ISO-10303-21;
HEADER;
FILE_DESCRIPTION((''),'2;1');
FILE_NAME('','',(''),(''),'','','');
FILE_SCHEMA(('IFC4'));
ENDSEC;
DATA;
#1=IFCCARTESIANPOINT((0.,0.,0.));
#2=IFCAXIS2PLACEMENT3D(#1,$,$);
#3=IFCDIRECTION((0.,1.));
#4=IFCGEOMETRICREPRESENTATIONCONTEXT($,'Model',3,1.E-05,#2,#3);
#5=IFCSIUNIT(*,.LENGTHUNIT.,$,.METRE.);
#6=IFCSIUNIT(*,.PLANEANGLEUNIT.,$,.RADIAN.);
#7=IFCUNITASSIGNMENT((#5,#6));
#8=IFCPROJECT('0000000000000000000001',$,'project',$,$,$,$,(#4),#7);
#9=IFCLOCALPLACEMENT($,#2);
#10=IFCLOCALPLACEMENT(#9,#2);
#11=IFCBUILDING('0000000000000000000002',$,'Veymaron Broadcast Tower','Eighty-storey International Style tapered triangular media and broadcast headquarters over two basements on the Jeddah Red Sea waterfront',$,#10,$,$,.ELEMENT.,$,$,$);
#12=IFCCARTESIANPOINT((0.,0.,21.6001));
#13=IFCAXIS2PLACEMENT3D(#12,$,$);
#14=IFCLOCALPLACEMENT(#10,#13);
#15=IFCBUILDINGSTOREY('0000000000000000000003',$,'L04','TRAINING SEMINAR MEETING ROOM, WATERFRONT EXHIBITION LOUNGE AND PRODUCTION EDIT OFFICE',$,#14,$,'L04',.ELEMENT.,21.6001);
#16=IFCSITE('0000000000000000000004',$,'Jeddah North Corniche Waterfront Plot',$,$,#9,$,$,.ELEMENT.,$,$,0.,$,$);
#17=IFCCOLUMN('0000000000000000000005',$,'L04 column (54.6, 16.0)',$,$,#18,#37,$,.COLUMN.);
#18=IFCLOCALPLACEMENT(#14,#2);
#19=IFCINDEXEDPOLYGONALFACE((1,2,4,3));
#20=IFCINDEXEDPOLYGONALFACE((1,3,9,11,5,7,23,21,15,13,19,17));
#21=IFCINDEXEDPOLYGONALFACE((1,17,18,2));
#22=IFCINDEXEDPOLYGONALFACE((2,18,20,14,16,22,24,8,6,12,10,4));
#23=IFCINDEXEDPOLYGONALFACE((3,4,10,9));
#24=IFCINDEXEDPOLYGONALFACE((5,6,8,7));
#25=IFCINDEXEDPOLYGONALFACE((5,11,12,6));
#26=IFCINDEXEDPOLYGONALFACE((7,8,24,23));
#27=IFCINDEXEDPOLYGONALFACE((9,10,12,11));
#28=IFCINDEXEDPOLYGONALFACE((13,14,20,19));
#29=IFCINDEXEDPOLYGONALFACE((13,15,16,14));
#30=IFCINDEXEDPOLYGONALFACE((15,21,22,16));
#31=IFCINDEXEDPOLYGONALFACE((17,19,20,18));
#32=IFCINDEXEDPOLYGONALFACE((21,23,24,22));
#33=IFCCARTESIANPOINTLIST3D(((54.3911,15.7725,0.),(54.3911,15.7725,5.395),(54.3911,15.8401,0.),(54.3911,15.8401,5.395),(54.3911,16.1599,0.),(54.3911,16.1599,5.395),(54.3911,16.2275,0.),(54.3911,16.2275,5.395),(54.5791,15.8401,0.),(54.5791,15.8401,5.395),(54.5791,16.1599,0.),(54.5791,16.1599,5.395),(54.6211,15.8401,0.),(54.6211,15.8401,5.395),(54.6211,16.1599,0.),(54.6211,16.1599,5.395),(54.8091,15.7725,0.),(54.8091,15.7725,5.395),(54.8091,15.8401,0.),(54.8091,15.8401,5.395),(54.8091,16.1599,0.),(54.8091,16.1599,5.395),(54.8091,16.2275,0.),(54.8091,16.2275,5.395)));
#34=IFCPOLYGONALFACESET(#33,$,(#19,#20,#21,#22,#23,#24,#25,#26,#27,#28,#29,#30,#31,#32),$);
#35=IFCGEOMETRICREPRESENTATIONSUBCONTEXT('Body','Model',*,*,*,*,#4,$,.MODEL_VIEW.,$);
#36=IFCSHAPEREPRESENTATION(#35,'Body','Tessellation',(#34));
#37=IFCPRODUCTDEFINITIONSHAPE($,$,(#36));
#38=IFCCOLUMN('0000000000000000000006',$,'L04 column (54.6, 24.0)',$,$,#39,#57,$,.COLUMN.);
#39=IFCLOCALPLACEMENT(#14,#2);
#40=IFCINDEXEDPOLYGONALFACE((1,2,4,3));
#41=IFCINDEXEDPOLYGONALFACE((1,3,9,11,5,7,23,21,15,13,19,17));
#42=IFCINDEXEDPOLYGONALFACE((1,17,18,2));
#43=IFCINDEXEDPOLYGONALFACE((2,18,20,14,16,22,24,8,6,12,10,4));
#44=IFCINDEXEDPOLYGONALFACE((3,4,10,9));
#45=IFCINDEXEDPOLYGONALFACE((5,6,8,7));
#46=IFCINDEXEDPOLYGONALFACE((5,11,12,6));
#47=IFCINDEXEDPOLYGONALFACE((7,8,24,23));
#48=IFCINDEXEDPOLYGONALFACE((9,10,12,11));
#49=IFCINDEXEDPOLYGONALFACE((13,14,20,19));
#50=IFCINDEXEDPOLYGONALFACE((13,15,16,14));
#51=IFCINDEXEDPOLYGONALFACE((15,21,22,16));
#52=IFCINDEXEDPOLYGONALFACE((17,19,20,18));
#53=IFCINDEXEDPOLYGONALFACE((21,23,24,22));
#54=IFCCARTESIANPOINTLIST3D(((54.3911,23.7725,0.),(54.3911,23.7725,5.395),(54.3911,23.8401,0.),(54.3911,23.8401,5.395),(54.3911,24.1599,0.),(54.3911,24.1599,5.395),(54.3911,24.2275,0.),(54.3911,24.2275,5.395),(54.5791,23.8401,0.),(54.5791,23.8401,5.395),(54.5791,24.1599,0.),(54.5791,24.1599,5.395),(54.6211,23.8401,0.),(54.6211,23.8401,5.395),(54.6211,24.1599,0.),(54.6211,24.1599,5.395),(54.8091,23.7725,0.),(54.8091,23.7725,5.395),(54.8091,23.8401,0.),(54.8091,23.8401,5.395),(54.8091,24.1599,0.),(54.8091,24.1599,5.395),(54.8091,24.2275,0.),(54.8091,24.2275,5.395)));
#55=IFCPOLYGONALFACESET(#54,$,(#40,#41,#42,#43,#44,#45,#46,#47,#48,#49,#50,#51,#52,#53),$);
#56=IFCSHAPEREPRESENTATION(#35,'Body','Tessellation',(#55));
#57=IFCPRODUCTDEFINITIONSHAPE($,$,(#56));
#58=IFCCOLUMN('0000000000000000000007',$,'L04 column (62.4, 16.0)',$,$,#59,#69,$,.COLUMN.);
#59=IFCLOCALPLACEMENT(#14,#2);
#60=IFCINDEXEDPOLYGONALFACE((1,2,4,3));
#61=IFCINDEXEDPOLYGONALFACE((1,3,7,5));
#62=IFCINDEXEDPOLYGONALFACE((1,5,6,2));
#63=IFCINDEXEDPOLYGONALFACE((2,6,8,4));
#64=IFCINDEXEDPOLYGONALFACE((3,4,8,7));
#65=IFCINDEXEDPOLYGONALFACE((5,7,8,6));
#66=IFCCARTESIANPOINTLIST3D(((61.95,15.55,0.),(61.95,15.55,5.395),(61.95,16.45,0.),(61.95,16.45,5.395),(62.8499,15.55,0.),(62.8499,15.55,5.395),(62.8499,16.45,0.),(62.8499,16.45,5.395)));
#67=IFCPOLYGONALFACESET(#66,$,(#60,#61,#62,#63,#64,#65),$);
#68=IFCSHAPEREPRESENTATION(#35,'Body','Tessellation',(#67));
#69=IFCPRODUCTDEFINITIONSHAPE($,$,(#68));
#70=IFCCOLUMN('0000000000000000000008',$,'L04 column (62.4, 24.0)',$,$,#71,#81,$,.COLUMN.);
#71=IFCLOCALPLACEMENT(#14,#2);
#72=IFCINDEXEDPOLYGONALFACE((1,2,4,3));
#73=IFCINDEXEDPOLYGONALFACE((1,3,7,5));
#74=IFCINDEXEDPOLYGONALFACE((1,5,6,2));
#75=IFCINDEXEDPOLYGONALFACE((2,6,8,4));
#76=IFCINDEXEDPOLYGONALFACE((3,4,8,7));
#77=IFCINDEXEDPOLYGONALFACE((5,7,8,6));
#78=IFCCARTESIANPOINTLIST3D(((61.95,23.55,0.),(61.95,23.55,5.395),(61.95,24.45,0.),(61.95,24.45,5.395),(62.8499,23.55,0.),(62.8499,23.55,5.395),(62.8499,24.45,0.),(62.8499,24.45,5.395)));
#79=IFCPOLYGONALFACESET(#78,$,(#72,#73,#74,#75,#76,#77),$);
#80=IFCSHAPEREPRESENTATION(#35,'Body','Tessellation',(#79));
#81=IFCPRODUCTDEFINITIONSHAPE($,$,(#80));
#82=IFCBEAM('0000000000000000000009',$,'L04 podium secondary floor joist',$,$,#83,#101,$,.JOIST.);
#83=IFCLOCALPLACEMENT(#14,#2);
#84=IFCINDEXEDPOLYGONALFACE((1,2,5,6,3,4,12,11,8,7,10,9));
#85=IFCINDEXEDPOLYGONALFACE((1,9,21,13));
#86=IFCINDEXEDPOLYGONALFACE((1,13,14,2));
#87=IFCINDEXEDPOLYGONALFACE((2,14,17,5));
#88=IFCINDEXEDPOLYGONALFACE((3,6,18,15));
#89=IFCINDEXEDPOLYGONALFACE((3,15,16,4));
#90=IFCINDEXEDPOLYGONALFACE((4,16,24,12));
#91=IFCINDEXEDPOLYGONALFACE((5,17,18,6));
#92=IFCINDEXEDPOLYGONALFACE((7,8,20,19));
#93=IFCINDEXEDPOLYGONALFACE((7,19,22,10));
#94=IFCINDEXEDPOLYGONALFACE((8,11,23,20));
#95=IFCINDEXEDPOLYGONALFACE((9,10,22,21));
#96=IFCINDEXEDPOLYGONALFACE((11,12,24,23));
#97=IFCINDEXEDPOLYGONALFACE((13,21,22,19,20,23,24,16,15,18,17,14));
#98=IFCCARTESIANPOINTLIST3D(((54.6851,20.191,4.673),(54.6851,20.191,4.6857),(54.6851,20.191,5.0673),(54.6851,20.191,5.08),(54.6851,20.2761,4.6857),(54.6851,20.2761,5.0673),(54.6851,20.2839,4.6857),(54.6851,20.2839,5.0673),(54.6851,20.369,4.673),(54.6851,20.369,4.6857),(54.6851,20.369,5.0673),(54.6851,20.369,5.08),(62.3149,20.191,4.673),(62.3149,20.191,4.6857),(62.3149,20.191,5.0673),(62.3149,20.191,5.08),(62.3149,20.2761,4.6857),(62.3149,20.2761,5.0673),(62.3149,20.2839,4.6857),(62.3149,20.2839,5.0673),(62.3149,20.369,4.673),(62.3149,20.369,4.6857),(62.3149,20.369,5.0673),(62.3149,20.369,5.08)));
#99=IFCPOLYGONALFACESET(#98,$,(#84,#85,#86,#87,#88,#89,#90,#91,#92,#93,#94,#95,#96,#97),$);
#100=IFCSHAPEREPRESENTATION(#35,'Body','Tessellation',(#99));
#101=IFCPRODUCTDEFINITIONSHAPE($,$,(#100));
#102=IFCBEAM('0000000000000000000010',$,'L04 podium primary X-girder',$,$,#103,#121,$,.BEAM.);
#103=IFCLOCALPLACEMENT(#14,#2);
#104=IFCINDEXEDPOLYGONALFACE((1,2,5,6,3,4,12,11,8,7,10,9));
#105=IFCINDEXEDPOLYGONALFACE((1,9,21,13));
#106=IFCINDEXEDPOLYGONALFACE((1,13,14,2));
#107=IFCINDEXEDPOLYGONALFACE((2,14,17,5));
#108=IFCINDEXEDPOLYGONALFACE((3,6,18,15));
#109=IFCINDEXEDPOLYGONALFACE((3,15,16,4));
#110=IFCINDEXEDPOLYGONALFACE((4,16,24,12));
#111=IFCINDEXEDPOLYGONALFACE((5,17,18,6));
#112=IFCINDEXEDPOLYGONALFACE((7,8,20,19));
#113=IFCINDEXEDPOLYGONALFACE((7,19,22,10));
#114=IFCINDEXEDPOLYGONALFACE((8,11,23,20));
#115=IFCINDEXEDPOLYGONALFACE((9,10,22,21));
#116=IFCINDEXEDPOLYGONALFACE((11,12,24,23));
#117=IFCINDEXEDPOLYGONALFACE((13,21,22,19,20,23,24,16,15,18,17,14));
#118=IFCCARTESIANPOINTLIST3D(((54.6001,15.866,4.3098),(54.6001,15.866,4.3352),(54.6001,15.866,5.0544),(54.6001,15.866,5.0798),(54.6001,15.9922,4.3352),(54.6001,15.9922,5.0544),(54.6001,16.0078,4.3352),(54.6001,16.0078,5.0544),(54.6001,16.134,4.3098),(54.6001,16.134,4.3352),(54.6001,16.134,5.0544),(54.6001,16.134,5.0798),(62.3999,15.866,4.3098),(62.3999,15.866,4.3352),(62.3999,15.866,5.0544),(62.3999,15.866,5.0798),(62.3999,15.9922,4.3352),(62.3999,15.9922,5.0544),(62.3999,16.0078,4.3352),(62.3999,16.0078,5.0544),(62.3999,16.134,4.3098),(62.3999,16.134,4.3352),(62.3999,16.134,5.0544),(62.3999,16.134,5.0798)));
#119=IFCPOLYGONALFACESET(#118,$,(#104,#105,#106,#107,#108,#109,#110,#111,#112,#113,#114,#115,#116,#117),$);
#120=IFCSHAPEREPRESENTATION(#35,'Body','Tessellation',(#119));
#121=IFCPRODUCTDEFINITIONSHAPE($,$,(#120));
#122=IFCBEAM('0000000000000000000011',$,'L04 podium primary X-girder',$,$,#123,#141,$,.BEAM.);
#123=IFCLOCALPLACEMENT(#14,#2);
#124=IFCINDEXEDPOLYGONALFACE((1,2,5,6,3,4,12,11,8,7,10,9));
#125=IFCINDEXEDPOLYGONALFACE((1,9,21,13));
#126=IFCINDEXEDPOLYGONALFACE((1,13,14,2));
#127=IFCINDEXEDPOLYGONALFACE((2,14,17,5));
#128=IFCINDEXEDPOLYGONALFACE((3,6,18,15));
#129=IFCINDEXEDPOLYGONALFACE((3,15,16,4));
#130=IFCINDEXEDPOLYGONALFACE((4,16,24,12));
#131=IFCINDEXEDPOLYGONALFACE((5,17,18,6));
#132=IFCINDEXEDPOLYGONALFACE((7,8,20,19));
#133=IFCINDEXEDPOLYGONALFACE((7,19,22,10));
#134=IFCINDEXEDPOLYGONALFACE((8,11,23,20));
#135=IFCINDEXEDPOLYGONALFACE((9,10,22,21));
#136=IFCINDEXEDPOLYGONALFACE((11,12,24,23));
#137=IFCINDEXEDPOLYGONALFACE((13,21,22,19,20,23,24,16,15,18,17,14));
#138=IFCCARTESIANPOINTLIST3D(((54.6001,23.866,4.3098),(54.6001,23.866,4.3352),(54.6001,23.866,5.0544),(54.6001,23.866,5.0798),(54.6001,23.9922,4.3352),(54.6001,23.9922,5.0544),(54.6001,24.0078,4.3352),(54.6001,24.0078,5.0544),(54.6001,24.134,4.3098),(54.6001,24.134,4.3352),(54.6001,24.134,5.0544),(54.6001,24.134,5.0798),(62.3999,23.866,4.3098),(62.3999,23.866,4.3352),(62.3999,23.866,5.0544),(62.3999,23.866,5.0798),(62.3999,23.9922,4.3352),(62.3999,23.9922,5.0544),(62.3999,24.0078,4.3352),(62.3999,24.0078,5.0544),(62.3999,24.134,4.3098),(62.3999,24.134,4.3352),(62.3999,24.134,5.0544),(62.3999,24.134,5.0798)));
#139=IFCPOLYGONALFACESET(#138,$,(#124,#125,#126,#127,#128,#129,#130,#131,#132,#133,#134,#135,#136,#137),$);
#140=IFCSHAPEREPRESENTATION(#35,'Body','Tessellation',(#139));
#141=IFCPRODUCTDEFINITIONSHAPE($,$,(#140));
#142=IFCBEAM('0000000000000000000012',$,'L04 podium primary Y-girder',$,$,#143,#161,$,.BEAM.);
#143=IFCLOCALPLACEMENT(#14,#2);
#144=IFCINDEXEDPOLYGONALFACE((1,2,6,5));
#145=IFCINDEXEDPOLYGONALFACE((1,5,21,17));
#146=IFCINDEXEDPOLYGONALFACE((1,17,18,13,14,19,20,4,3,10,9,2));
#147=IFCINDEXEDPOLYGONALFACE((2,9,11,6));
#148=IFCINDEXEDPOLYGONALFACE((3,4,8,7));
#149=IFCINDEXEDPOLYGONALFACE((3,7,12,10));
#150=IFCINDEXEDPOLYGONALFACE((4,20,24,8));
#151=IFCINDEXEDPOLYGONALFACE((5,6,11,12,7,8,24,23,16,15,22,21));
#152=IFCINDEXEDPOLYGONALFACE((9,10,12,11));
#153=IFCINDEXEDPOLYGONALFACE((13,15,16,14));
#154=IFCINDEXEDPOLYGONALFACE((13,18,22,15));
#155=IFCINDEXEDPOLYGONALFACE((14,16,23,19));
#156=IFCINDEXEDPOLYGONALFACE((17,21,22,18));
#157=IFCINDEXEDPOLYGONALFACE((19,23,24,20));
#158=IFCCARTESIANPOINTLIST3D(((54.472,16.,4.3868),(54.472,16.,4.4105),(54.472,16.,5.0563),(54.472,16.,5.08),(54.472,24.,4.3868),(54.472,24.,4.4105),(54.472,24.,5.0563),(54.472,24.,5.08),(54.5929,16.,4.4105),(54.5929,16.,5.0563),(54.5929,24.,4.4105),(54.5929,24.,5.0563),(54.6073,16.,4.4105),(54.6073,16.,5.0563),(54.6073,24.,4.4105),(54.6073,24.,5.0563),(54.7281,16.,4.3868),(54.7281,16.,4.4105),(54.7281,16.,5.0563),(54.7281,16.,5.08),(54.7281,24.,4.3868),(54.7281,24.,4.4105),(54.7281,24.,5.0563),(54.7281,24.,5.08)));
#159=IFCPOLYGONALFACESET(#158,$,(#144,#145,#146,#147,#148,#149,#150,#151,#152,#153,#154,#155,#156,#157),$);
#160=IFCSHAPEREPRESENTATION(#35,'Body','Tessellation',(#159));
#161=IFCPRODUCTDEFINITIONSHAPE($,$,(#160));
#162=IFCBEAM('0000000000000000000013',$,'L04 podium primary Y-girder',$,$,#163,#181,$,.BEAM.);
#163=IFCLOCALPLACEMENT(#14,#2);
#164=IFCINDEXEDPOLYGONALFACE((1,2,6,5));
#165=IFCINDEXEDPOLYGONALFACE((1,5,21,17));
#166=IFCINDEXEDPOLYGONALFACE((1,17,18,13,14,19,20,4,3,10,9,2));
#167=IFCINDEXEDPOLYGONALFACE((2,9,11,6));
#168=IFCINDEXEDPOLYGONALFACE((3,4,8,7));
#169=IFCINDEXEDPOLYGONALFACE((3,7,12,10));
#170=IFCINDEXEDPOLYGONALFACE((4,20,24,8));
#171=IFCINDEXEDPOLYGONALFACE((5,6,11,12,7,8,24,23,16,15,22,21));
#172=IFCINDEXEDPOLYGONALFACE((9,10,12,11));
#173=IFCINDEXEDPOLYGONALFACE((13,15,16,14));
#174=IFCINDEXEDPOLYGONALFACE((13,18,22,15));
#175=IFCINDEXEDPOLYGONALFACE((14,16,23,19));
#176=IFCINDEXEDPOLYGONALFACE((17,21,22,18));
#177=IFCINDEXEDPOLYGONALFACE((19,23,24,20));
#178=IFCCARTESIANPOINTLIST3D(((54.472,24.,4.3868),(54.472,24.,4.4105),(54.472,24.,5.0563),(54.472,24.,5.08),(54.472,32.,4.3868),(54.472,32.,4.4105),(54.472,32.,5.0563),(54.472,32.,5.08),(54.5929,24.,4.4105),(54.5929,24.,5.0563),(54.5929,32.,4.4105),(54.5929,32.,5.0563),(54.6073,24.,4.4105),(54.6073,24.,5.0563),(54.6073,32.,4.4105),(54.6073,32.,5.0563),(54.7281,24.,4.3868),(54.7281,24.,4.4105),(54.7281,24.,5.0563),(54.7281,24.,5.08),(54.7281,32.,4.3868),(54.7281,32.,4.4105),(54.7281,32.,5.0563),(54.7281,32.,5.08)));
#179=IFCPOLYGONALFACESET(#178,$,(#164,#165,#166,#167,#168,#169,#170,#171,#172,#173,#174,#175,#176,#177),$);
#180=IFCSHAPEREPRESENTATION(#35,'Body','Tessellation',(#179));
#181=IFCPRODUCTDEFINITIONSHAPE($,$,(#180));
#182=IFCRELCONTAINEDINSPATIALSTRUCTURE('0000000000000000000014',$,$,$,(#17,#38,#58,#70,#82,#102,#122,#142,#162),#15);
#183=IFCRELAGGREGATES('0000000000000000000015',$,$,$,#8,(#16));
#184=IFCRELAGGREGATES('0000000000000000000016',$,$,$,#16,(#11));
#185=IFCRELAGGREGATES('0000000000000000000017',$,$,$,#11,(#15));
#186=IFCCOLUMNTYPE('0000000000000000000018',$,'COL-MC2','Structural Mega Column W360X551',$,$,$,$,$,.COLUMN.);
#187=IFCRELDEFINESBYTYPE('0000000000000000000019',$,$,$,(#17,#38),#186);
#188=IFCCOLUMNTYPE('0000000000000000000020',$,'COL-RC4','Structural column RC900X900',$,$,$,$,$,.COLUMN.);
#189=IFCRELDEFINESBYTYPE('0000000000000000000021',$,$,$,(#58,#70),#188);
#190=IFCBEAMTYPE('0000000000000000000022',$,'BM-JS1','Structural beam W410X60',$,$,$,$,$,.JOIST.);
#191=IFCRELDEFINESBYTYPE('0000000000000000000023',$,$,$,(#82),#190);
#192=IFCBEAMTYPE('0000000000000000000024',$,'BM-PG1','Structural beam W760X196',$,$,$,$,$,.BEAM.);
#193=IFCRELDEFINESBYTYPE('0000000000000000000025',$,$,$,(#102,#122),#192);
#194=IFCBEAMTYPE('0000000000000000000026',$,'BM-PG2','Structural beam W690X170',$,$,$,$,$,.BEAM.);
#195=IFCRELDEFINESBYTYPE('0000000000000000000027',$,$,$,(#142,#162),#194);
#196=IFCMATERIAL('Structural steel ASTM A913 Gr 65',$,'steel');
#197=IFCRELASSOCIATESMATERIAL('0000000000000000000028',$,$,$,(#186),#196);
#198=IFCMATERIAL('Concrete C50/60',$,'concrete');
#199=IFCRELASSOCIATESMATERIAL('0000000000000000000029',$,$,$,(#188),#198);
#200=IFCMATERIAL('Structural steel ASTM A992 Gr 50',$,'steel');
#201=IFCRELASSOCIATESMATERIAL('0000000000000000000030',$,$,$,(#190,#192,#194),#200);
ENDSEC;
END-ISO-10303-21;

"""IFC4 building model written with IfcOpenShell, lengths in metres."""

from ifc_helpers import new_model, si_unit, direction, frame, origin, origin_2d, place, context, subcontext, project, spatial, rectangle, i_section, extrude, material, material_profile, profile_set, type_object, element, save


model = new_model("IFC4")

# Units and contexts
model_context = context("Model", 3, precision=1e-05, world=origin(), true_north=direction((0.0, 1.0)))
body_context = subcontext(model_context, "Body", "Model", "MODEL_VIEW")
ifc_project = project(units=[si_unit("LENGTHUNIT", "METRE"), si_unit("PLANEANGLEUNIT", "RADIAN")], contexts=[model_context])

# Site, building, storey
site_placement = place(None, origin())
site = spatial("IfcSite", under=ifc_project, at=site_placement, Name="Jeddah North Corniche Waterfront Plot", CompositionType="ELEMENT", RefElevation=0.0)
building_placement = place(site_placement, origin())
building = spatial("IfcBuilding", under=site, at=building_placement, Name="Veymaron Broadcast Tower", Description="Eighty-storey International Style tapered triangular media and broadcast headquarters over two basements on the Jeddah Red Sea waterfront", CompositionType="ELEMENT")
storey_placement = place(building_placement, frame((0.0, 0.0, 21.6001)))
storey = spatial("IfcBuildingStorey", under=building, at=storey_placement, Name="L04", Description="TRAINING SEMINAR MEETING ROOM, WATERFRONT EXHIBITION LOUNGE AND PRODUCTION EDIT OFFICE", LongName="L04", CompositionType="ELEMENT", Elevation=21.6001)

# Columns
ifc_material_1 = material(Name="Structural steel ASTM A913 Gr 65", Category="steel")
ifc_material_profile_1 = material_profile(ifc_material_1, i_section(OverallWidth=0.418, OverallDepth=0.4551, WebThickness=0.042, FlangeThickness=0.0676, at=origin_2d()), Name="W360X551")
ifc_profile_set_1 = profile_set([ifc_material_profile_1], Name="Structural steel ASTM A913 Gr 65")
column_type_1 = type_object("IfcColumnType", Name="COL-MC2", Description="Structural Mega Column W360X551", PredefinedType="COLUMN", material=ifc_profile_set_1)
for number, where, z_axis, x_axis, name in (
    (1, (54.6001, 16.0, 0.0), (0.0, 0.0, 1.0), (1.0, 0.0, 0.0), "L04 column (54.6, 16.0)"),
    (2, (54.6001, 24.0, 0.0), (0.0, 0.0, 1.0), (1.0, 0.0, 0.0), "L04 column (54.6, 24.0)"),
):
    element("IfcColumn", number, at=place(storey_placement, frame(where, z_axis=z_axis, x_axis=x_axis)), inside=storey, type_object=column_type_1, Name=name, PredefinedType="COLUMN", context=body_context, shape_type="SweptSolid", body=[
        extrude(i_section(OverallWidth=0.418, OverallDepth=0.4551, WebThickness=0.042, FlangeThickness=0.0676, at=origin_2d()), origin(), (0.0, 0.0, 1.0), 5.395),
    ])
ifc_material_2 = material(Name="Concrete C50/60", Category="concrete")
ifc_material_profile_2 = material_profile(ifc_material_2, rectangle(XDim=0.8999, YDim=0.8999, at=origin_2d()), Name="RC900X900")
ifc_profile_set_2 = profile_set([ifc_material_profile_2], Name="Concrete C50/60")
column_type_2 = type_object("IfcColumnType", Name="COL-RC4", Description="Structural column RC900X900", PredefinedType="COLUMN", material=ifc_profile_set_2)
for number, where, z_axis, x_axis, name in (
    (3, (62.3999, 16.0, 0.0), (0.0, 0.0, 1.0), (1.0, 0.0, 0.0), "L04 column (62.4, 16.0)"),
    (4, (62.3999, 24.0, 0.0), (0.0, 0.0, 1.0), (1.0, 0.0, 0.0), "L04 column (62.4, 24.0)"),
):
    element("IfcColumn", number, at=place(storey_placement, frame(where, z_axis=z_axis, x_axis=x_axis)), inside=storey, type_object=column_type_2, Name=name, PredefinedType="COLUMN", context=body_context, shape_type="SweptSolid", body=[
        extrude(rectangle(XDim=0.8999, YDim=0.8999, at=origin_2d()), origin(), (0.0, 0.0, 1.0), 5.395),
    ])

# Beams
ifc_material_3 = material(Name="Structural steel ASTM A992 Gr 50", Category="steel")
ifc_material_profile_3 = material_profile(ifc_material_3, i_section(OverallWidth=0.178, OverallDepth=0.407, WebThickness=0.0078, FlangeThickness=0.0127, at=origin_2d()), Name="W410X60")
ifc_profile_set_3 = profile_set([ifc_material_profile_3], Name="Structural steel ASTM A992 Gr 50")
beam_type_1 = type_object("IfcBeamType", Name="BM-JS1", Description="Structural beam W410X60", PredefinedType="JOIST", material=ifc_profile_set_3)
beam_placement = place(storey_placement, frame((54.6851, 20.28, 4.8765), z_axis=(1.0, 0.0, 0.0), x_axis=(0.0, 1.0, 0.0)))
element("IfcBeam", 5, at=beam_placement, inside=storey, type_object=beam_type_1, Name="L04 podium secondary floor joist", PredefinedType="JOIST", context=body_context, shape_type="SweptSolid", body=[
    extrude(i_section(OverallWidth=0.178, OverallDepth=0.407, WebThickness=0.0078, FlangeThickness=0.0127, at=origin_2d()), origin(), (0.0, 0.0, 1.0), 7.6299),
])
ifc_material_profile_4 = material_profile(ifc_material_3, i_section(OverallWidth=0.2681, OverallDepth=0.77, WebThickness=0.0156, FlangeThickness=0.0254, at=origin_2d()), Name="W760X196")
ifc_profile_set_4 = profile_set([ifc_material_profile_4], Name="Structural steel ASTM A992 Gr 50")
beam_type_2 = type_object("IfcBeamType", Name="BM-PG1", Description="Structural beam W760X196", PredefinedType="BEAM", material=ifc_profile_set_4)
for number, where, z_axis, x_axis, name in (
    (6, (54.6001, 16.0, 4.6948), (1.0, 0.0, 0.0), (0.0, 1.0, 0.0), "L04 podium primary X-girder"),
    (7, (54.6001, 24.0, 4.6948), (1.0, 0.0, 0.0), (0.0, 1.0, 0.0), "L04 podium primary X-girder"),
):
    element("IfcBeam", number, at=place(storey_placement, frame(where, z_axis=z_axis, x_axis=x_axis)), inside=storey, type_object=beam_type_2, Name=name, PredefinedType="BEAM", context=body_context, shape_type="SweptSolid", body=[
        extrude(i_section(OverallWidth=0.2681, OverallDepth=0.77, WebThickness=0.0156, FlangeThickness=0.0254, at=origin_2d()), origin(), (0.0, 0.0, 1.0), 7.7998),
    ])
ifc_material_profile_5 = material_profile(ifc_material_3, i_section(OverallWidth=0.2561, OverallDepth=0.6931, WebThickness=0.0144, FlangeThickness=0.0237, at=origin_2d()), Name="W690X170")
ifc_profile_set_5 = profile_set([ifc_material_profile_5], Name="Structural steel ASTM A992 Gr 50")
beam_type_3 = type_object("IfcBeamType", Name="BM-PG2", Description="Structural beam W690X170", PredefinedType="BEAM", material=ifc_profile_set_5)
for number, where, z_axis, x_axis, name in (
    (8, (54.6001, 16.0, 4.7334), (0.0, 1.0, 0.0), (-1.0, 0.0, 0.0), "L04 podium primary Y-girder"),
    (9, (54.6001, 24.0, 4.7334), (0.0, 1.0, 0.0), (-1.0, 0.0, 0.0), "L04 podium primary Y-girder"),
):
    element("IfcBeam", number, at=place(storey_placement, frame(where, z_axis=z_axis, x_axis=x_axis)), inside=storey, type_object=beam_type_3, Name=name, PredefinedType="BEAM", context=body_context, shape_type="SweptSolid", body=[
        extrude(i_section(OverallWidth=0.2561, OverallDepth=0.6931, WebThickness=0.0144, FlangeThickness=0.0237, at=origin_2d()), origin(), (0.0, 0.0, 1.0), 8.0),
    ])

save(model, "model.ifc")
